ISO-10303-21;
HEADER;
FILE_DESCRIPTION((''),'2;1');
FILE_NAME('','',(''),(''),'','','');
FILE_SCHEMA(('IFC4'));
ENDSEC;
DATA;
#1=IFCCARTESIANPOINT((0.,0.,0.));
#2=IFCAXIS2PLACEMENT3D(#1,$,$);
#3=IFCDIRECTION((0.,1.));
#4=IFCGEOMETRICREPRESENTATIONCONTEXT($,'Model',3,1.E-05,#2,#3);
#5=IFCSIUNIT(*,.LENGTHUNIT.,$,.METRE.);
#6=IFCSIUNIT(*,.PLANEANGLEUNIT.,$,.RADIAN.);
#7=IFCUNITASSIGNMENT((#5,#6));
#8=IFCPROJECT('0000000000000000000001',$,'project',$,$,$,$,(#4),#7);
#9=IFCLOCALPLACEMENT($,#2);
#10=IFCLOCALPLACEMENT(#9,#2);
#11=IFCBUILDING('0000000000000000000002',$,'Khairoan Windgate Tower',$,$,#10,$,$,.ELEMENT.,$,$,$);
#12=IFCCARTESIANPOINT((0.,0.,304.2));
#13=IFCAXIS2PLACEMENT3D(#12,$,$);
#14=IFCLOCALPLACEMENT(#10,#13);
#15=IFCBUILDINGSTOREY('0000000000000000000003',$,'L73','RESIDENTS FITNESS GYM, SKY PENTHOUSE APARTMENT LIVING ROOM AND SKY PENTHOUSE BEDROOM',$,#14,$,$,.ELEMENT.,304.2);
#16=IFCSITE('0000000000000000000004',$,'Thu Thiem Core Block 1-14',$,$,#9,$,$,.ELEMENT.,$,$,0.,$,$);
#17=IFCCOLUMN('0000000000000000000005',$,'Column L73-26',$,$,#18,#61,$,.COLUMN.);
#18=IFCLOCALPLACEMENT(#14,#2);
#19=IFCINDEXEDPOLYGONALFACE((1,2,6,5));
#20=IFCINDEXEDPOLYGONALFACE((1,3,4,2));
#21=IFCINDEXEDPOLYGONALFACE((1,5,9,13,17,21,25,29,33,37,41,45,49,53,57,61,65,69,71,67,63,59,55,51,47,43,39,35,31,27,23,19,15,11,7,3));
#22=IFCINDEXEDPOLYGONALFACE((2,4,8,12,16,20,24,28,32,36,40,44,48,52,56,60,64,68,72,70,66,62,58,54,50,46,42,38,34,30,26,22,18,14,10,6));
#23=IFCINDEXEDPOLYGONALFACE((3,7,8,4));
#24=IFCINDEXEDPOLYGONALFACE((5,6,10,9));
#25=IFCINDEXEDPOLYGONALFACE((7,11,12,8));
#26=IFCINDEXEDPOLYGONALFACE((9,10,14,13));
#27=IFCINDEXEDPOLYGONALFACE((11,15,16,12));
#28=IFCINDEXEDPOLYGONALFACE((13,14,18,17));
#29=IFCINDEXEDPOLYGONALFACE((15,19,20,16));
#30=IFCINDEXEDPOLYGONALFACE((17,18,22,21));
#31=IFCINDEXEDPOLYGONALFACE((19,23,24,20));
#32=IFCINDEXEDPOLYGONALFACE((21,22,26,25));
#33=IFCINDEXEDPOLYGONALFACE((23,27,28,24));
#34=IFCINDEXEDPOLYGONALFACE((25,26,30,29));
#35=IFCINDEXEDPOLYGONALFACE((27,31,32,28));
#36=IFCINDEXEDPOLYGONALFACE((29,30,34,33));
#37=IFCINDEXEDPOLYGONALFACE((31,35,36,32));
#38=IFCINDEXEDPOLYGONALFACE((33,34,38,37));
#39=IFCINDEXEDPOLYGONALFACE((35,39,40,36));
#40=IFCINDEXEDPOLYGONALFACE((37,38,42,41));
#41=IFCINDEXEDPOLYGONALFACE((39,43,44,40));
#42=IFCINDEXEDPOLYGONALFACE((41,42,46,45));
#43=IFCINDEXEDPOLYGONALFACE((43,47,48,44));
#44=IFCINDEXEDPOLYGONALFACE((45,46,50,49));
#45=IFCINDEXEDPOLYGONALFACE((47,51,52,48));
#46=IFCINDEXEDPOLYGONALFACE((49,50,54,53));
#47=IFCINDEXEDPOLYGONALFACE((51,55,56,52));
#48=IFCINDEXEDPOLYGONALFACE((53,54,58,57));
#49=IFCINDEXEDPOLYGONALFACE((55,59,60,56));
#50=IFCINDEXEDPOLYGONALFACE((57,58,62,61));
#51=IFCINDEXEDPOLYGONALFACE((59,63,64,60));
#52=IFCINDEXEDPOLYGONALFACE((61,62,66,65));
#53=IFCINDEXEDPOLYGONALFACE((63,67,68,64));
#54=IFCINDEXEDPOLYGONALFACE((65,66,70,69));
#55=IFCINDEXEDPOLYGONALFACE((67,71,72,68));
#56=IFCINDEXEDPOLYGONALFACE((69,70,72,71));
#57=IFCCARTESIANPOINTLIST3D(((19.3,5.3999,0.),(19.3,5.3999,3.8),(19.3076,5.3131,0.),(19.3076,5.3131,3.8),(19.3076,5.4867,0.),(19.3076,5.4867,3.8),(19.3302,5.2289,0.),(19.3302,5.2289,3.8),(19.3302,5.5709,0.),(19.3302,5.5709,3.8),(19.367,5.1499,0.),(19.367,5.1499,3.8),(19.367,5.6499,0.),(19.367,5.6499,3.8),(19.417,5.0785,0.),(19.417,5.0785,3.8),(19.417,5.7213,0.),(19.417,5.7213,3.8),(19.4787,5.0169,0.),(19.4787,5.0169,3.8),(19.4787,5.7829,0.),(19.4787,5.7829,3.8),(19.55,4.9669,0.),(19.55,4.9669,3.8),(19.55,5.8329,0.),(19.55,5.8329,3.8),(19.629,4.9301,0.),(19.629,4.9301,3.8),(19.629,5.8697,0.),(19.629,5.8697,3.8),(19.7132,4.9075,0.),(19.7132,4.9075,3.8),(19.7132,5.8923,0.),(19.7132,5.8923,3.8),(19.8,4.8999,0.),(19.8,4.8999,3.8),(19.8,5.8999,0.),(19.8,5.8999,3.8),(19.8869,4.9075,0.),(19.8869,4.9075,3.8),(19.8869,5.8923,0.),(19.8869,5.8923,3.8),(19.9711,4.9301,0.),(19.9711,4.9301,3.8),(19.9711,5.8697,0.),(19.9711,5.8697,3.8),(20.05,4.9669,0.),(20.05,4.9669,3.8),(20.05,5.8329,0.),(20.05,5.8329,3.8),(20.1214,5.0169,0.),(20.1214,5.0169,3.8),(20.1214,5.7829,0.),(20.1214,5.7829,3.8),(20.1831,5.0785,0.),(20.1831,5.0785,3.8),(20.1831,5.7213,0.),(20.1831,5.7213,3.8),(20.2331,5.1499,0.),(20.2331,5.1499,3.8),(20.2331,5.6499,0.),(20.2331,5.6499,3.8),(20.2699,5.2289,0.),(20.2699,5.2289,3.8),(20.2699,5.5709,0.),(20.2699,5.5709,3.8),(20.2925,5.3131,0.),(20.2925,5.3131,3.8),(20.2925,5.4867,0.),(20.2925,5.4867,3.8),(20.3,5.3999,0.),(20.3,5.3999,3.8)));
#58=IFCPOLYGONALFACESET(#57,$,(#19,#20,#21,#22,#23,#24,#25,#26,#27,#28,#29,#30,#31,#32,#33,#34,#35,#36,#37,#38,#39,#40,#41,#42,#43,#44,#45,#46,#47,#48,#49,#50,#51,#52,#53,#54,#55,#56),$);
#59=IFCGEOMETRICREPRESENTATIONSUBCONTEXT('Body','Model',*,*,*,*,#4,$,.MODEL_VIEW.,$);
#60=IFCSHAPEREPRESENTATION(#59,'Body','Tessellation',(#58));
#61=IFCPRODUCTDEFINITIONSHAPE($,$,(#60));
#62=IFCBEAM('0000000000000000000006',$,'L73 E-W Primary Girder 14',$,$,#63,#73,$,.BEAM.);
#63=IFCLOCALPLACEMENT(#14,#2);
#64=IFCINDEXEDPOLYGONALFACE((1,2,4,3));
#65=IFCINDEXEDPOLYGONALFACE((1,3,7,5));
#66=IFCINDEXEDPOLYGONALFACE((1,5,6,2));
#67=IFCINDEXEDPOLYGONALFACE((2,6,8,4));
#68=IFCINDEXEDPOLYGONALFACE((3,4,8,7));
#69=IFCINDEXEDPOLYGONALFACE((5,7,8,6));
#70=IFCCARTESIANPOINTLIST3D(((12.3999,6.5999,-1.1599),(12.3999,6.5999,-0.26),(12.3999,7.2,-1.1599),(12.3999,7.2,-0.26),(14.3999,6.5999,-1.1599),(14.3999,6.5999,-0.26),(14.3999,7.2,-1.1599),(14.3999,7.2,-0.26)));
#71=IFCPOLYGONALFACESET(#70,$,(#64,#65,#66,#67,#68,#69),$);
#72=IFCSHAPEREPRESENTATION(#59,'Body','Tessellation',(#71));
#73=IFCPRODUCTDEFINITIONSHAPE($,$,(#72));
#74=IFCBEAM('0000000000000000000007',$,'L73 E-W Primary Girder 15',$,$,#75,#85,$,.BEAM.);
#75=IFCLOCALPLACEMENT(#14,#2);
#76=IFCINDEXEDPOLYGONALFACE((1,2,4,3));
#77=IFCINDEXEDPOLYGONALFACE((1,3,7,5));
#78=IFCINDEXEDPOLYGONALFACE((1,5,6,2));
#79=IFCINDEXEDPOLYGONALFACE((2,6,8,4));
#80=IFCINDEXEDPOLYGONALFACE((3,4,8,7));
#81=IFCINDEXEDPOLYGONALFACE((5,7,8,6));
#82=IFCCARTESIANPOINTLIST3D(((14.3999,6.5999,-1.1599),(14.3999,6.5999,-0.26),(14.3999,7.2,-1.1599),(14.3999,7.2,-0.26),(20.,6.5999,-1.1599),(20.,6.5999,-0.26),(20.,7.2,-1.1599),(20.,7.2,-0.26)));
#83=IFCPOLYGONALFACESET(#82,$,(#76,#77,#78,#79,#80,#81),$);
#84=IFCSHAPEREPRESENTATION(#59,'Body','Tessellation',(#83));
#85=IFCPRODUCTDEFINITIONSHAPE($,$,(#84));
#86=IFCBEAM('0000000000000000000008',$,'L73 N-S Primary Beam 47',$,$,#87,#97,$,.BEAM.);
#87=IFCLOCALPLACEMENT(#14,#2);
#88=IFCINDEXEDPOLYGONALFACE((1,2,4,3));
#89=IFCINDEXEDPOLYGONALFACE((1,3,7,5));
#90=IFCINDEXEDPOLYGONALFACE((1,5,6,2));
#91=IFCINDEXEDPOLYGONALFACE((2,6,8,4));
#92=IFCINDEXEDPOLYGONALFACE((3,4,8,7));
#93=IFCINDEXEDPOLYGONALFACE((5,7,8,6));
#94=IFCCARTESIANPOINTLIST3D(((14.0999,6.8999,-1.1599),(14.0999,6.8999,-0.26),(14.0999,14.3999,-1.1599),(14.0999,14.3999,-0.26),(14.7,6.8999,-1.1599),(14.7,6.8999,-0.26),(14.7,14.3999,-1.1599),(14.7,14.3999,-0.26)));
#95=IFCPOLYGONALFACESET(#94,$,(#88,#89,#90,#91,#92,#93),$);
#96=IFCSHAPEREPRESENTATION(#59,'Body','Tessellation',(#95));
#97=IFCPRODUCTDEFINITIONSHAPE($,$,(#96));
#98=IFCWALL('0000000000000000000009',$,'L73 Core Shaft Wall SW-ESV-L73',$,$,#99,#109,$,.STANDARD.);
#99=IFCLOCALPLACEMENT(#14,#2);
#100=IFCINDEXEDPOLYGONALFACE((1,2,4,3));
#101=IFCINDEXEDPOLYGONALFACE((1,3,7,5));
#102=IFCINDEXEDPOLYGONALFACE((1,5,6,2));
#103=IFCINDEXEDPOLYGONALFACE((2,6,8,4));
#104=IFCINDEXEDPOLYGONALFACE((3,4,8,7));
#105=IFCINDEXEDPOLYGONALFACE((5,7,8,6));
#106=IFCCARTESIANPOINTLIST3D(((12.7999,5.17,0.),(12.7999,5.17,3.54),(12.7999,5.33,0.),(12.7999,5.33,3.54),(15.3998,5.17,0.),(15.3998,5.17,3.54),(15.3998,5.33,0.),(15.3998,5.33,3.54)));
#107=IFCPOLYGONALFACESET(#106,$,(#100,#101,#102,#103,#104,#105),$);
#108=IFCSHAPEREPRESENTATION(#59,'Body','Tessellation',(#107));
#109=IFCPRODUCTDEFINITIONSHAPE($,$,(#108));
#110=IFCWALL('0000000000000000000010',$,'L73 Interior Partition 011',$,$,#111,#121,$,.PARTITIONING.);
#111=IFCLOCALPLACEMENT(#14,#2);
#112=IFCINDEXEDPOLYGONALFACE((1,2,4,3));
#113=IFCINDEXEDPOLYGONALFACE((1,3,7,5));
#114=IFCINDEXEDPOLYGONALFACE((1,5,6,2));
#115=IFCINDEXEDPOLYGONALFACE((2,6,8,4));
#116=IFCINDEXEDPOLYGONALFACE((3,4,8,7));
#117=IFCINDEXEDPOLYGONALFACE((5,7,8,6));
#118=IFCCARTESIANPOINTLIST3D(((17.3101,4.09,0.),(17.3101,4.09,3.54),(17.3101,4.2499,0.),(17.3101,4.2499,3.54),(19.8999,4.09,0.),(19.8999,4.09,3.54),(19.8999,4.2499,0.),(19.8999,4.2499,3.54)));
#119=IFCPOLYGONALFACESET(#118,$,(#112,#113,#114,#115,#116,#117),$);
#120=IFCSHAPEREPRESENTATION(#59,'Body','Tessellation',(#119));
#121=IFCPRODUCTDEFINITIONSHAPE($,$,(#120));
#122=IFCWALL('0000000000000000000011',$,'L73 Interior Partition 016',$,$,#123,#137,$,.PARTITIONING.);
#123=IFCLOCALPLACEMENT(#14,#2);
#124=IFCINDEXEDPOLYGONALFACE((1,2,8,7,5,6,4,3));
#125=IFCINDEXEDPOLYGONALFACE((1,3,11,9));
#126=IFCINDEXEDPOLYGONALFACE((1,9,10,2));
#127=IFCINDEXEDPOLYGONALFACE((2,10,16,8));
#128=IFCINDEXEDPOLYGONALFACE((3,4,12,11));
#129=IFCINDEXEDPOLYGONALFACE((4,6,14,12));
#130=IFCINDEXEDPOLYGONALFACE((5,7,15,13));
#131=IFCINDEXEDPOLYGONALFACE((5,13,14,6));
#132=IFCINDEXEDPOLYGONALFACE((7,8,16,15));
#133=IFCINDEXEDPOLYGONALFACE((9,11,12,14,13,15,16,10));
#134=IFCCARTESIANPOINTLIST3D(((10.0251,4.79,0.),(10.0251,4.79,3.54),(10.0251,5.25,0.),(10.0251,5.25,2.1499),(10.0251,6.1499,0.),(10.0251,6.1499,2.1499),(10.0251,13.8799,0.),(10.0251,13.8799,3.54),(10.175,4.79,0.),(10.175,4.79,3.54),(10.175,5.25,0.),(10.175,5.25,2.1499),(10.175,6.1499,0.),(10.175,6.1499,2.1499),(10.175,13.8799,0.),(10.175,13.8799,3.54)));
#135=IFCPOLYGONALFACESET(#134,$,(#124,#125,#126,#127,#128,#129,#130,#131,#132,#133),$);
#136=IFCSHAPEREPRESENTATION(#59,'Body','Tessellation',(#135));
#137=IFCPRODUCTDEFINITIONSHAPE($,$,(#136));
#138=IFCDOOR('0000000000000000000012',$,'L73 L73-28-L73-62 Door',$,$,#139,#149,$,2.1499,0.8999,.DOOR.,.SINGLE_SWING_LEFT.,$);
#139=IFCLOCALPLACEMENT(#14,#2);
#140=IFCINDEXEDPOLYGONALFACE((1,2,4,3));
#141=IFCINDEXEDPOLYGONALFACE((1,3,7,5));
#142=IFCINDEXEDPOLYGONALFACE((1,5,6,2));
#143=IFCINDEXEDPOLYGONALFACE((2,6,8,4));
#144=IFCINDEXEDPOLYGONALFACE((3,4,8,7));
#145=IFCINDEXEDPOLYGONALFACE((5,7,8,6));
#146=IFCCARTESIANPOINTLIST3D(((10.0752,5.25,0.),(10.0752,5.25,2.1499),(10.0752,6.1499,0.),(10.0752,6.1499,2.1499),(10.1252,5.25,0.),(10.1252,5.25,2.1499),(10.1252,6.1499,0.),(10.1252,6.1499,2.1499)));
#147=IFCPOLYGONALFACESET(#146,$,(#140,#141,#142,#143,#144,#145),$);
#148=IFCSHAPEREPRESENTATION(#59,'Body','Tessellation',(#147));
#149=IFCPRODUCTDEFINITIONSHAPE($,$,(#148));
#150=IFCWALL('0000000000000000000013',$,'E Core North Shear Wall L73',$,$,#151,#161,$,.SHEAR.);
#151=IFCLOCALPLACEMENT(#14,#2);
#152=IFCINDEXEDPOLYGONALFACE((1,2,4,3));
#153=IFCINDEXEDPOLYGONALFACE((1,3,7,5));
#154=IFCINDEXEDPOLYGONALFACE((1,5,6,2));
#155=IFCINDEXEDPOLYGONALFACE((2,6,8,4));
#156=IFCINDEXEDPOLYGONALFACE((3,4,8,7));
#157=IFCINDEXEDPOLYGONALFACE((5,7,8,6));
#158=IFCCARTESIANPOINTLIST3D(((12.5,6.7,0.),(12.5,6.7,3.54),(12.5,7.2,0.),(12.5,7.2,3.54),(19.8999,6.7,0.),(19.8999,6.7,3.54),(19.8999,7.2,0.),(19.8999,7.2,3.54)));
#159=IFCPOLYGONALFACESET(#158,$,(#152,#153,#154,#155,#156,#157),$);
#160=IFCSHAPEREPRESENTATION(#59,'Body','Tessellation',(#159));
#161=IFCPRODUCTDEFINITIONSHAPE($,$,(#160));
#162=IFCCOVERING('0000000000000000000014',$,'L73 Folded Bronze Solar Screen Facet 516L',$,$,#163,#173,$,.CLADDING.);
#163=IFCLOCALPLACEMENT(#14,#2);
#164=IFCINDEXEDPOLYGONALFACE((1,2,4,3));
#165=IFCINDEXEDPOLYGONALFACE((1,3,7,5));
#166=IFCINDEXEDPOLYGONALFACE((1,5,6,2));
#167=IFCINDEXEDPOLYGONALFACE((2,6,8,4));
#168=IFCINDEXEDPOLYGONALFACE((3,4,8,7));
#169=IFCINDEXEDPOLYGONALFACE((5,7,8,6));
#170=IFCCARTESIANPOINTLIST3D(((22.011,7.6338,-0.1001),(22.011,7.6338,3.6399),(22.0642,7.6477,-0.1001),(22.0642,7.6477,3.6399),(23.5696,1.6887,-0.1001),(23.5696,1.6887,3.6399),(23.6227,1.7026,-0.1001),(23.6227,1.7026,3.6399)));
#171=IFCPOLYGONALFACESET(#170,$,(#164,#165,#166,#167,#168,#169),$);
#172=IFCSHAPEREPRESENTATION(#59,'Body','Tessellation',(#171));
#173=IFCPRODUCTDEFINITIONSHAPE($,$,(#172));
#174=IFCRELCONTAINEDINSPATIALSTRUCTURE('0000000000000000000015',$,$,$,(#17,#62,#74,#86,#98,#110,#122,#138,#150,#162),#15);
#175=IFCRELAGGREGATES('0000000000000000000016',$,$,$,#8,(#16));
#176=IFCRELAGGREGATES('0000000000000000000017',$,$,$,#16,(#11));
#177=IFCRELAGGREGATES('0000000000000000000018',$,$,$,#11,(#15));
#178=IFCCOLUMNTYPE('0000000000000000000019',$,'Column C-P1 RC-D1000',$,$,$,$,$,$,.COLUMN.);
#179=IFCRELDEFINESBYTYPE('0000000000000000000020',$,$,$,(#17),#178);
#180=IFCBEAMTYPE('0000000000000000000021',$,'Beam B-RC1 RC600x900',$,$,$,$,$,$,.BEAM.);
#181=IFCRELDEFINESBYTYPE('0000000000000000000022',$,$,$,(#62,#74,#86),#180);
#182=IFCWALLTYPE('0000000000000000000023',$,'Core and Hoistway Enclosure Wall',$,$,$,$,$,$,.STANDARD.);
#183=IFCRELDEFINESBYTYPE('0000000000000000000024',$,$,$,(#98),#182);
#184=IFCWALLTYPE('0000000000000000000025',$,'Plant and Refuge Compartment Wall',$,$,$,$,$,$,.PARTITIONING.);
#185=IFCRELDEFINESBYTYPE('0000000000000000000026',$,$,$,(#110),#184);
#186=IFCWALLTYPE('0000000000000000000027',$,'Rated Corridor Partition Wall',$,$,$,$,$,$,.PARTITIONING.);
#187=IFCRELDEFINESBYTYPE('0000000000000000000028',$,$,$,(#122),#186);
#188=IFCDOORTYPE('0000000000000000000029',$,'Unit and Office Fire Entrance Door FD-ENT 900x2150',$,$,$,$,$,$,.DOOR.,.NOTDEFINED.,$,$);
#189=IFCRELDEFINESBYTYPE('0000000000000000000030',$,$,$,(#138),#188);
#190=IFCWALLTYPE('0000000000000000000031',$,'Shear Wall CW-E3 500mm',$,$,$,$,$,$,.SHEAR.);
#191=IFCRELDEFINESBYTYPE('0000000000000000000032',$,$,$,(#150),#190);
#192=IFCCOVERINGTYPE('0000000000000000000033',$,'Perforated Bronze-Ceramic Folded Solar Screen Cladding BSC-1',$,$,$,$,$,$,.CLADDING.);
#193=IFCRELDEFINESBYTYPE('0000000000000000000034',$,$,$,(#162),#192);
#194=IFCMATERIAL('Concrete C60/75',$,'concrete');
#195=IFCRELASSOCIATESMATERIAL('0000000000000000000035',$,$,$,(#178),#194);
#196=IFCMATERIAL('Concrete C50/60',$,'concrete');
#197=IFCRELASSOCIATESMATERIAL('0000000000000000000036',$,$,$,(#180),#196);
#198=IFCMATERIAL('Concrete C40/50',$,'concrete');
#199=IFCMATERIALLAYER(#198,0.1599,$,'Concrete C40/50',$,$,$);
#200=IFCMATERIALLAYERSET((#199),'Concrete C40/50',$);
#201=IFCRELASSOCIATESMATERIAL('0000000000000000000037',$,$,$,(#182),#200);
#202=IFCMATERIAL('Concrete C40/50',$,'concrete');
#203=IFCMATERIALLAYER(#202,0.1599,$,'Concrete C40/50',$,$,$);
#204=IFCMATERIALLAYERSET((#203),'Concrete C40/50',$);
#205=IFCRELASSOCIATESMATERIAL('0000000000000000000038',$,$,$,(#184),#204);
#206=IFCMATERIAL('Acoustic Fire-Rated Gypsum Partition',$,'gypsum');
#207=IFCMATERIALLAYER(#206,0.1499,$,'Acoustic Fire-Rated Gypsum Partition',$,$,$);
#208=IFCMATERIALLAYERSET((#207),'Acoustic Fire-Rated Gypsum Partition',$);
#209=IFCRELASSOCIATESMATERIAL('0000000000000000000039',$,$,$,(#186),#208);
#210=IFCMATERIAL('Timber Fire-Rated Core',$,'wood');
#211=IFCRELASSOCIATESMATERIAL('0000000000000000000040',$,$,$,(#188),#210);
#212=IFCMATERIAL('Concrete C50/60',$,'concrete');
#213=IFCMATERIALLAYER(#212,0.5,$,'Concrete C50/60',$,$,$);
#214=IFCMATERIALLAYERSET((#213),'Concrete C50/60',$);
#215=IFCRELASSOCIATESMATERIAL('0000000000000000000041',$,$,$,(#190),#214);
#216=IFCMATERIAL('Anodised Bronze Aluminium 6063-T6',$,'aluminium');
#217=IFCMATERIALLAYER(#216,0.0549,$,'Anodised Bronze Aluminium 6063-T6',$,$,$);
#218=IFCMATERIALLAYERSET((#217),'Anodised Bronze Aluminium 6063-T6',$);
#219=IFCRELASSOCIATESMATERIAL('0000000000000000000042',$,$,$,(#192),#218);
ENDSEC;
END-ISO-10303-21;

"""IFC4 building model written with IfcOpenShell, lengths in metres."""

from ifc_helpers import new_model, si_unit, direction, frame, frame_2d, origin, origin_2d, place, context, subcontext, project, spatial, rectangle, circle, extrude, material, layer, layer_set, material_profile, profile_set, type_object, element, fill, save


model = new_model("IFC4")

# Units and contexts
model_context = context("Model", 3, precision=1e-05, world=origin(), true_north=direction((0.0, 1.0)))
body_context = subcontext(model_context, "Body", "Model", "MODEL_VIEW")
ifc_project = project(units=[si_unit("LENGTHUNIT", "METRE"), si_unit("PLANEANGLEUNIT", "RADIAN")], contexts=[model_context])

# Site, building, storey
site_placement = place(None, origin())
site = spatial("IfcSite", under=ifc_project, at=site_placement, Name="Thu Thiem Core Block 1-14", CompositionType="ELEMENT", RefElevation=0.0)
building_placement = place(site_placement, origin())
building = spatial("IfcBuilding", under=site, at=building_placement, Name="Khairoan Windgate Tower", CompositionType="ELEMENT")
storey_placement = place(building_placement, frame((0.0, 0.0, 304.2)))
storey = spatial("IfcBuildingStorey", under=building, at=storey_placement, Name="L73", Description="RESIDENTS FITNESS GYM, SKY PENTHOUSE APARTMENT LIVING ROOM AND SKY PENTHOUSE BEDROOM", CompositionType="ELEMENT", Elevation=304.2)

# Column
ifc_material_1 = material(Name="Concrete C60/75", Category="concrete")
ifc_material_profile_1 = material_profile(ifc_material_1, circle(Radius=0.5, at=origin_2d()))
ifc_profile_set_1 = profile_set([ifc_material_profile_1], Name="Concrete C60/75")
column_type = type_object("IfcColumnType", Name="Column C-P1 RC-D1000", PredefinedType="COLUMN", material=ifc_profile_set_1)
column_placement = place(storey_placement, frame((19.8, 5.3999, 0.0), z_axis=(0.0, 0.0, 1.0), x_axis=(1.0, 0.0, 0.0)))
element("IfcColumn", 1, at=column_placement, inside=storey, type_object=column_type, Name="Column L73-26", PredefinedType="COLUMN", context=body_context, shape_type="SweptSolid", body=[
    extrude(circle(Radius=0.5, at=origin_2d()), origin(), (0.0, 0.0, 1.0), 3.8),
])

# Beams
ifc_material_2 = material(Name="Concrete C50/60", Category="concrete")
ifc_material_profile_2 = material_profile(ifc_material_2, rectangle(XDim=0.6001, YDim=0.8999, at=origin_2d()))
ifc_profile_set_2 = profile_set([ifc_material_profile_2], Name="Concrete C50/60")
beam_type = type_object("IfcBeamType", Name="Beam B-RC1 RC600x900", PredefinedType="BEAM", material=ifc_profile_set_2)
beam_1_placement = place(storey_placement, frame((12.3999, 6.8999, -0.71), z_axis=(1.0, 0.0, 0.0), x_axis=(0.0, 1.0, 0.0)))
element("IfcBeam", 2, at=beam_1_placement, inside=storey, type_object=beam_type, Name="L73 E-W Primary Girder 14", PredefinedType="BEAM", context=body_context, shape_type="SweptSolid", body=[
    extrude(rectangle(XDim=0.6001, YDim=0.8999, at=origin_2d()), origin(), (0.0, 0.0, 1.0), 2.0),
])
beam_2_placement = place(storey_placement, frame((14.3999, 6.8999, -0.71), z_axis=(1.0, 0.0, 0.0), x_axis=(0.0, 1.0, 0.0)))
element("IfcBeam", 3, at=beam_2_placement, inside=storey, type_object=beam_type, Name="L73 E-W Primary Girder 15", PredefinedType="BEAM", context=body_context, shape_type="SweptSolid", body=[
    extrude(rectangle(XDim=0.6001, YDim=0.8999, at=origin_2d()), origin(), (0.0, 0.0, 1.0), 5.6001),
])
beam_3_placement = place(storey_placement, frame((14.3999, 6.8999, -0.71), z_axis=(0.0, 1.0, 0.0), x_axis=(-1.0, 0.0, 0.0)))
element("IfcBeam", 4, at=beam_3_placement, inside=storey, type_object=beam_type, Name="L73 N-S Primary Beam 47", PredefinedType="BEAM", context=body_context, shape_type="SweptSolid", body=[
    extrude(rectangle(XDim=0.6001, YDim=0.8999, at=origin_2d()), origin(), (0.0, 0.0, 1.0), 7.5),
])

# Walls
ifc_material_3 = material(Name="Concrete C40/50", Category="concrete")
ifc_layer_1 = layer(ifc_material_3, 0.1599, Name="Concrete C40/50")
ifc_layer_set_1 = layer_set([ifc_layer_1], Name="Concrete C40/50")
wall_type_1 = type_object("IfcWallType", Name="Core and Hoistway Enclosure Wall", PredefinedType="STANDARD", material=ifc_layer_set_1)
wall_1_placement = place(storey_placement, frame((12.8, 5.25, 0.0), z_axis=(0.0, 0.0, 1.0), x_axis=(1.0, 0.0, 0.0)))
element("IfcWall", 5, at=wall_1_placement, inside=storey, type_object=wall_type_1, Name="L73 Core Shaft Wall SW-ESV-L73", PredefinedType="STANDARD", context=body_context, shape_type="SweptSolid", body=[
    extrude(rectangle(XDim=2.5999, YDim=0.1599, at=frame_2d((1.2998, 0.0))), origin(), (0.0, 0.0, 1.0), 3.54),
])
ifc_material_4 = material(Name="Concrete C40/50", Category="concrete")
ifc_layer_2 = layer(ifc_material_4, 0.1599, Name="Concrete C40/50")
ifc_layer_set_2 = layer_set([ifc_layer_2], Name="Concrete C40/50")
wall_type_2 = type_object("IfcWallType", Name="Plant and Refuge Compartment Wall", PredefinedType="PARTITIONING", material=ifc_layer_set_2)
wall_2_placement = place(storey_placement, frame((17.3101, 4.1699, 0.0), z_axis=(0.0, 0.0, 1.0), x_axis=(1.0, 0.0, 0.0)))
element("IfcWall", 6, at=wall_2_placement, inside=storey, type_object=wall_type_2, Name="L73 Interior Partition 011", PredefinedType="PARTITIONING", context=body_context, shape_type="SweptSolid", body=[
    extrude(rectangle(XDim=2.5898, YDim=0.1599, at=frame_2d((1.2949, 0.0))), origin(), (0.0, 0.0, 1.0), 3.54),
])

# Wall, opening, door
ifc_material_5 = material(Name="Acoustic Fire-Rated Gypsum Partition", Category="gypsum")
ifc_layer_3 = layer(ifc_material_5, 0.1499, Name="Acoustic Fire-Rated Gypsum Partition")
ifc_layer_set_3 = layer_set([ifc_layer_3], Name="Acoustic Fire-Rated Gypsum Partition")
wall_type_3 = type_object("IfcWallType", Name="Rated Corridor Partition Wall", PredefinedType="PARTITIONING", material=ifc_layer_set_3)
wall_3_placement = place(storey_placement, frame((10.1001, 4.79, 0.0), z_axis=(0.0, 0.0, 1.0), x_axis=(0.0, 1.0, 0.0)))
wall_3 = element("IfcWall", 7, at=wall_3_placement, inside=storey, type_object=wall_type_3, Name="L73 Interior Partition 016", PredefinedType="PARTITIONING", context=body_context, shape_type="SweptSolid", body=[
    extrude(rectangle(XDim=9.0898, YDim=0.1499, at=frame_2d((4.5449, 0.0))), origin(), (0.0, 0.0, 1.0), 3.54),
])
opening_placement = place(wall_3_placement, frame((0.46, 0.0, 0.0)))
opening = element("IfcOpeningElement", 8, at=opening_placement, cuts=wall_3, PredefinedType="OPENING", context=body_context, shape_type="SweptSolid", body=[
    extrude(rectangle(XDim=0.8999, YDim=2.1499, at=frame_2d((0.45, 1.075))), frame((0.0, 0.085, 0.0), z_axis=(0.0, -1.0, 0.0), x_axis=(1.0, 0.0, 0.0)), (0.0, 0.0, 1.0), 0.1699),
])
ifc_material_6 = material(Name="Timber Fire-Rated Core", Category="wood")
door_type = type_object("IfcDoorType", Name="Unit and Office Fire Entrance Door FD-ENT 900x2150", OperationType="NOTDEFINED", PredefinedType="DOOR", material=ifc_material_6)
door_placement = place(opening_placement, origin())
door = element("IfcDoor", 9, at=door_placement, inside=storey, type_object=door_type, Name="L73 L73-28-L73-62 Door", OperationType="SINGLE_SWING_LEFT", OverallHeight=2.1499, OverallWidth=0.8999, PredefinedType="DOOR", context=body_context, shape_type="SweptSolid", body=[
    extrude(rectangle(XDim=0.8999, YDim=2.1499, at=frame_2d((0.45, 1.075))), frame((0.0, 0.0249, 0.0), z_axis=(0.0, -1.0, 0.0), x_axis=(1.0, 0.0, 0.0)), (0.0, 0.0, 1.0), 0.05),
])
fill(opening, door)

# Wall
ifc_material_7 = material(Name="Concrete C50/60", Category="concrete")
ifc_layer_4 = layer(ifc_material_7, 0.5, Name="Concrete C50/60")
ifc_layer_set_4 = layer_set([ifc_layer_4], Name="Concrete C50/60")
wall_type_4 = type_object("IfcWallType", Name="Shear Wall CW-E3 500mm", PredefinedType="SHEAR", material=ifc_layer_set_4)
wall_4_placement = place(storey_placement, frame((12.5, 6.95, 0.0), z_axis=(0.0, 0.0, 1.0), x_axis=(1.0, 0.0, 0.0)))
element("IfcWall", 10, at=wall_4_placement, inside=storey, type_object=wall_type_4, Name="E Core North Shear Wall L73", PredefinedType="SHEAR", context=body_context, shape_type="SweptSolid", body=[
    extrude(rectangle(XDim=7.3999, YDim=0.5, at=frame_2d((3.7, 0.0))), origin(), (0.0, 0.0, 1.0), 3.54),
])

# Covering
ifc_material_8 = material(Name="Anodised Bronze Aluminium 6063-T6", Category="aluminium")
ifc_layer_5 = layer(ifc_material_8, 0.0549, Name="Anodised Bronze Aluminium 6063-T6")
ifc_layer_set_5 = layer_set([ifc_layer_5], Name="Anodised Bronze Aluminium 6063-T6")
covering_type = type_object("IfcCoveringType", Name="Perforated Bronze-Ceramic Folded Solar Screen Cladding BSC-1", PredefinedType="CLADDING", material=ifc_layer_set_5)
covering_placement = place(storey_placement, frame((22.8169, 4.6682, -0.1001), z_axis=(0.0, 0.0, 1.0), x_axis=(0.253589, -0.967312, 0.0)))
element("IfcCovering", 11, at=covering_placement, inside=storey, type_object=covering_type, Name="L73 Folded Bronze Solar Screen Facet 516L", PredefinedType="CLADDING", context=body_context, shape_type="SweptSolid", body=[
    extrude(rectangle(XDim=6.146, YDim=0.0549, at=origin_2d()), origin(), (0.0, 0.0, 1.0), 3.74),
])

save(model, "model.ifc")
